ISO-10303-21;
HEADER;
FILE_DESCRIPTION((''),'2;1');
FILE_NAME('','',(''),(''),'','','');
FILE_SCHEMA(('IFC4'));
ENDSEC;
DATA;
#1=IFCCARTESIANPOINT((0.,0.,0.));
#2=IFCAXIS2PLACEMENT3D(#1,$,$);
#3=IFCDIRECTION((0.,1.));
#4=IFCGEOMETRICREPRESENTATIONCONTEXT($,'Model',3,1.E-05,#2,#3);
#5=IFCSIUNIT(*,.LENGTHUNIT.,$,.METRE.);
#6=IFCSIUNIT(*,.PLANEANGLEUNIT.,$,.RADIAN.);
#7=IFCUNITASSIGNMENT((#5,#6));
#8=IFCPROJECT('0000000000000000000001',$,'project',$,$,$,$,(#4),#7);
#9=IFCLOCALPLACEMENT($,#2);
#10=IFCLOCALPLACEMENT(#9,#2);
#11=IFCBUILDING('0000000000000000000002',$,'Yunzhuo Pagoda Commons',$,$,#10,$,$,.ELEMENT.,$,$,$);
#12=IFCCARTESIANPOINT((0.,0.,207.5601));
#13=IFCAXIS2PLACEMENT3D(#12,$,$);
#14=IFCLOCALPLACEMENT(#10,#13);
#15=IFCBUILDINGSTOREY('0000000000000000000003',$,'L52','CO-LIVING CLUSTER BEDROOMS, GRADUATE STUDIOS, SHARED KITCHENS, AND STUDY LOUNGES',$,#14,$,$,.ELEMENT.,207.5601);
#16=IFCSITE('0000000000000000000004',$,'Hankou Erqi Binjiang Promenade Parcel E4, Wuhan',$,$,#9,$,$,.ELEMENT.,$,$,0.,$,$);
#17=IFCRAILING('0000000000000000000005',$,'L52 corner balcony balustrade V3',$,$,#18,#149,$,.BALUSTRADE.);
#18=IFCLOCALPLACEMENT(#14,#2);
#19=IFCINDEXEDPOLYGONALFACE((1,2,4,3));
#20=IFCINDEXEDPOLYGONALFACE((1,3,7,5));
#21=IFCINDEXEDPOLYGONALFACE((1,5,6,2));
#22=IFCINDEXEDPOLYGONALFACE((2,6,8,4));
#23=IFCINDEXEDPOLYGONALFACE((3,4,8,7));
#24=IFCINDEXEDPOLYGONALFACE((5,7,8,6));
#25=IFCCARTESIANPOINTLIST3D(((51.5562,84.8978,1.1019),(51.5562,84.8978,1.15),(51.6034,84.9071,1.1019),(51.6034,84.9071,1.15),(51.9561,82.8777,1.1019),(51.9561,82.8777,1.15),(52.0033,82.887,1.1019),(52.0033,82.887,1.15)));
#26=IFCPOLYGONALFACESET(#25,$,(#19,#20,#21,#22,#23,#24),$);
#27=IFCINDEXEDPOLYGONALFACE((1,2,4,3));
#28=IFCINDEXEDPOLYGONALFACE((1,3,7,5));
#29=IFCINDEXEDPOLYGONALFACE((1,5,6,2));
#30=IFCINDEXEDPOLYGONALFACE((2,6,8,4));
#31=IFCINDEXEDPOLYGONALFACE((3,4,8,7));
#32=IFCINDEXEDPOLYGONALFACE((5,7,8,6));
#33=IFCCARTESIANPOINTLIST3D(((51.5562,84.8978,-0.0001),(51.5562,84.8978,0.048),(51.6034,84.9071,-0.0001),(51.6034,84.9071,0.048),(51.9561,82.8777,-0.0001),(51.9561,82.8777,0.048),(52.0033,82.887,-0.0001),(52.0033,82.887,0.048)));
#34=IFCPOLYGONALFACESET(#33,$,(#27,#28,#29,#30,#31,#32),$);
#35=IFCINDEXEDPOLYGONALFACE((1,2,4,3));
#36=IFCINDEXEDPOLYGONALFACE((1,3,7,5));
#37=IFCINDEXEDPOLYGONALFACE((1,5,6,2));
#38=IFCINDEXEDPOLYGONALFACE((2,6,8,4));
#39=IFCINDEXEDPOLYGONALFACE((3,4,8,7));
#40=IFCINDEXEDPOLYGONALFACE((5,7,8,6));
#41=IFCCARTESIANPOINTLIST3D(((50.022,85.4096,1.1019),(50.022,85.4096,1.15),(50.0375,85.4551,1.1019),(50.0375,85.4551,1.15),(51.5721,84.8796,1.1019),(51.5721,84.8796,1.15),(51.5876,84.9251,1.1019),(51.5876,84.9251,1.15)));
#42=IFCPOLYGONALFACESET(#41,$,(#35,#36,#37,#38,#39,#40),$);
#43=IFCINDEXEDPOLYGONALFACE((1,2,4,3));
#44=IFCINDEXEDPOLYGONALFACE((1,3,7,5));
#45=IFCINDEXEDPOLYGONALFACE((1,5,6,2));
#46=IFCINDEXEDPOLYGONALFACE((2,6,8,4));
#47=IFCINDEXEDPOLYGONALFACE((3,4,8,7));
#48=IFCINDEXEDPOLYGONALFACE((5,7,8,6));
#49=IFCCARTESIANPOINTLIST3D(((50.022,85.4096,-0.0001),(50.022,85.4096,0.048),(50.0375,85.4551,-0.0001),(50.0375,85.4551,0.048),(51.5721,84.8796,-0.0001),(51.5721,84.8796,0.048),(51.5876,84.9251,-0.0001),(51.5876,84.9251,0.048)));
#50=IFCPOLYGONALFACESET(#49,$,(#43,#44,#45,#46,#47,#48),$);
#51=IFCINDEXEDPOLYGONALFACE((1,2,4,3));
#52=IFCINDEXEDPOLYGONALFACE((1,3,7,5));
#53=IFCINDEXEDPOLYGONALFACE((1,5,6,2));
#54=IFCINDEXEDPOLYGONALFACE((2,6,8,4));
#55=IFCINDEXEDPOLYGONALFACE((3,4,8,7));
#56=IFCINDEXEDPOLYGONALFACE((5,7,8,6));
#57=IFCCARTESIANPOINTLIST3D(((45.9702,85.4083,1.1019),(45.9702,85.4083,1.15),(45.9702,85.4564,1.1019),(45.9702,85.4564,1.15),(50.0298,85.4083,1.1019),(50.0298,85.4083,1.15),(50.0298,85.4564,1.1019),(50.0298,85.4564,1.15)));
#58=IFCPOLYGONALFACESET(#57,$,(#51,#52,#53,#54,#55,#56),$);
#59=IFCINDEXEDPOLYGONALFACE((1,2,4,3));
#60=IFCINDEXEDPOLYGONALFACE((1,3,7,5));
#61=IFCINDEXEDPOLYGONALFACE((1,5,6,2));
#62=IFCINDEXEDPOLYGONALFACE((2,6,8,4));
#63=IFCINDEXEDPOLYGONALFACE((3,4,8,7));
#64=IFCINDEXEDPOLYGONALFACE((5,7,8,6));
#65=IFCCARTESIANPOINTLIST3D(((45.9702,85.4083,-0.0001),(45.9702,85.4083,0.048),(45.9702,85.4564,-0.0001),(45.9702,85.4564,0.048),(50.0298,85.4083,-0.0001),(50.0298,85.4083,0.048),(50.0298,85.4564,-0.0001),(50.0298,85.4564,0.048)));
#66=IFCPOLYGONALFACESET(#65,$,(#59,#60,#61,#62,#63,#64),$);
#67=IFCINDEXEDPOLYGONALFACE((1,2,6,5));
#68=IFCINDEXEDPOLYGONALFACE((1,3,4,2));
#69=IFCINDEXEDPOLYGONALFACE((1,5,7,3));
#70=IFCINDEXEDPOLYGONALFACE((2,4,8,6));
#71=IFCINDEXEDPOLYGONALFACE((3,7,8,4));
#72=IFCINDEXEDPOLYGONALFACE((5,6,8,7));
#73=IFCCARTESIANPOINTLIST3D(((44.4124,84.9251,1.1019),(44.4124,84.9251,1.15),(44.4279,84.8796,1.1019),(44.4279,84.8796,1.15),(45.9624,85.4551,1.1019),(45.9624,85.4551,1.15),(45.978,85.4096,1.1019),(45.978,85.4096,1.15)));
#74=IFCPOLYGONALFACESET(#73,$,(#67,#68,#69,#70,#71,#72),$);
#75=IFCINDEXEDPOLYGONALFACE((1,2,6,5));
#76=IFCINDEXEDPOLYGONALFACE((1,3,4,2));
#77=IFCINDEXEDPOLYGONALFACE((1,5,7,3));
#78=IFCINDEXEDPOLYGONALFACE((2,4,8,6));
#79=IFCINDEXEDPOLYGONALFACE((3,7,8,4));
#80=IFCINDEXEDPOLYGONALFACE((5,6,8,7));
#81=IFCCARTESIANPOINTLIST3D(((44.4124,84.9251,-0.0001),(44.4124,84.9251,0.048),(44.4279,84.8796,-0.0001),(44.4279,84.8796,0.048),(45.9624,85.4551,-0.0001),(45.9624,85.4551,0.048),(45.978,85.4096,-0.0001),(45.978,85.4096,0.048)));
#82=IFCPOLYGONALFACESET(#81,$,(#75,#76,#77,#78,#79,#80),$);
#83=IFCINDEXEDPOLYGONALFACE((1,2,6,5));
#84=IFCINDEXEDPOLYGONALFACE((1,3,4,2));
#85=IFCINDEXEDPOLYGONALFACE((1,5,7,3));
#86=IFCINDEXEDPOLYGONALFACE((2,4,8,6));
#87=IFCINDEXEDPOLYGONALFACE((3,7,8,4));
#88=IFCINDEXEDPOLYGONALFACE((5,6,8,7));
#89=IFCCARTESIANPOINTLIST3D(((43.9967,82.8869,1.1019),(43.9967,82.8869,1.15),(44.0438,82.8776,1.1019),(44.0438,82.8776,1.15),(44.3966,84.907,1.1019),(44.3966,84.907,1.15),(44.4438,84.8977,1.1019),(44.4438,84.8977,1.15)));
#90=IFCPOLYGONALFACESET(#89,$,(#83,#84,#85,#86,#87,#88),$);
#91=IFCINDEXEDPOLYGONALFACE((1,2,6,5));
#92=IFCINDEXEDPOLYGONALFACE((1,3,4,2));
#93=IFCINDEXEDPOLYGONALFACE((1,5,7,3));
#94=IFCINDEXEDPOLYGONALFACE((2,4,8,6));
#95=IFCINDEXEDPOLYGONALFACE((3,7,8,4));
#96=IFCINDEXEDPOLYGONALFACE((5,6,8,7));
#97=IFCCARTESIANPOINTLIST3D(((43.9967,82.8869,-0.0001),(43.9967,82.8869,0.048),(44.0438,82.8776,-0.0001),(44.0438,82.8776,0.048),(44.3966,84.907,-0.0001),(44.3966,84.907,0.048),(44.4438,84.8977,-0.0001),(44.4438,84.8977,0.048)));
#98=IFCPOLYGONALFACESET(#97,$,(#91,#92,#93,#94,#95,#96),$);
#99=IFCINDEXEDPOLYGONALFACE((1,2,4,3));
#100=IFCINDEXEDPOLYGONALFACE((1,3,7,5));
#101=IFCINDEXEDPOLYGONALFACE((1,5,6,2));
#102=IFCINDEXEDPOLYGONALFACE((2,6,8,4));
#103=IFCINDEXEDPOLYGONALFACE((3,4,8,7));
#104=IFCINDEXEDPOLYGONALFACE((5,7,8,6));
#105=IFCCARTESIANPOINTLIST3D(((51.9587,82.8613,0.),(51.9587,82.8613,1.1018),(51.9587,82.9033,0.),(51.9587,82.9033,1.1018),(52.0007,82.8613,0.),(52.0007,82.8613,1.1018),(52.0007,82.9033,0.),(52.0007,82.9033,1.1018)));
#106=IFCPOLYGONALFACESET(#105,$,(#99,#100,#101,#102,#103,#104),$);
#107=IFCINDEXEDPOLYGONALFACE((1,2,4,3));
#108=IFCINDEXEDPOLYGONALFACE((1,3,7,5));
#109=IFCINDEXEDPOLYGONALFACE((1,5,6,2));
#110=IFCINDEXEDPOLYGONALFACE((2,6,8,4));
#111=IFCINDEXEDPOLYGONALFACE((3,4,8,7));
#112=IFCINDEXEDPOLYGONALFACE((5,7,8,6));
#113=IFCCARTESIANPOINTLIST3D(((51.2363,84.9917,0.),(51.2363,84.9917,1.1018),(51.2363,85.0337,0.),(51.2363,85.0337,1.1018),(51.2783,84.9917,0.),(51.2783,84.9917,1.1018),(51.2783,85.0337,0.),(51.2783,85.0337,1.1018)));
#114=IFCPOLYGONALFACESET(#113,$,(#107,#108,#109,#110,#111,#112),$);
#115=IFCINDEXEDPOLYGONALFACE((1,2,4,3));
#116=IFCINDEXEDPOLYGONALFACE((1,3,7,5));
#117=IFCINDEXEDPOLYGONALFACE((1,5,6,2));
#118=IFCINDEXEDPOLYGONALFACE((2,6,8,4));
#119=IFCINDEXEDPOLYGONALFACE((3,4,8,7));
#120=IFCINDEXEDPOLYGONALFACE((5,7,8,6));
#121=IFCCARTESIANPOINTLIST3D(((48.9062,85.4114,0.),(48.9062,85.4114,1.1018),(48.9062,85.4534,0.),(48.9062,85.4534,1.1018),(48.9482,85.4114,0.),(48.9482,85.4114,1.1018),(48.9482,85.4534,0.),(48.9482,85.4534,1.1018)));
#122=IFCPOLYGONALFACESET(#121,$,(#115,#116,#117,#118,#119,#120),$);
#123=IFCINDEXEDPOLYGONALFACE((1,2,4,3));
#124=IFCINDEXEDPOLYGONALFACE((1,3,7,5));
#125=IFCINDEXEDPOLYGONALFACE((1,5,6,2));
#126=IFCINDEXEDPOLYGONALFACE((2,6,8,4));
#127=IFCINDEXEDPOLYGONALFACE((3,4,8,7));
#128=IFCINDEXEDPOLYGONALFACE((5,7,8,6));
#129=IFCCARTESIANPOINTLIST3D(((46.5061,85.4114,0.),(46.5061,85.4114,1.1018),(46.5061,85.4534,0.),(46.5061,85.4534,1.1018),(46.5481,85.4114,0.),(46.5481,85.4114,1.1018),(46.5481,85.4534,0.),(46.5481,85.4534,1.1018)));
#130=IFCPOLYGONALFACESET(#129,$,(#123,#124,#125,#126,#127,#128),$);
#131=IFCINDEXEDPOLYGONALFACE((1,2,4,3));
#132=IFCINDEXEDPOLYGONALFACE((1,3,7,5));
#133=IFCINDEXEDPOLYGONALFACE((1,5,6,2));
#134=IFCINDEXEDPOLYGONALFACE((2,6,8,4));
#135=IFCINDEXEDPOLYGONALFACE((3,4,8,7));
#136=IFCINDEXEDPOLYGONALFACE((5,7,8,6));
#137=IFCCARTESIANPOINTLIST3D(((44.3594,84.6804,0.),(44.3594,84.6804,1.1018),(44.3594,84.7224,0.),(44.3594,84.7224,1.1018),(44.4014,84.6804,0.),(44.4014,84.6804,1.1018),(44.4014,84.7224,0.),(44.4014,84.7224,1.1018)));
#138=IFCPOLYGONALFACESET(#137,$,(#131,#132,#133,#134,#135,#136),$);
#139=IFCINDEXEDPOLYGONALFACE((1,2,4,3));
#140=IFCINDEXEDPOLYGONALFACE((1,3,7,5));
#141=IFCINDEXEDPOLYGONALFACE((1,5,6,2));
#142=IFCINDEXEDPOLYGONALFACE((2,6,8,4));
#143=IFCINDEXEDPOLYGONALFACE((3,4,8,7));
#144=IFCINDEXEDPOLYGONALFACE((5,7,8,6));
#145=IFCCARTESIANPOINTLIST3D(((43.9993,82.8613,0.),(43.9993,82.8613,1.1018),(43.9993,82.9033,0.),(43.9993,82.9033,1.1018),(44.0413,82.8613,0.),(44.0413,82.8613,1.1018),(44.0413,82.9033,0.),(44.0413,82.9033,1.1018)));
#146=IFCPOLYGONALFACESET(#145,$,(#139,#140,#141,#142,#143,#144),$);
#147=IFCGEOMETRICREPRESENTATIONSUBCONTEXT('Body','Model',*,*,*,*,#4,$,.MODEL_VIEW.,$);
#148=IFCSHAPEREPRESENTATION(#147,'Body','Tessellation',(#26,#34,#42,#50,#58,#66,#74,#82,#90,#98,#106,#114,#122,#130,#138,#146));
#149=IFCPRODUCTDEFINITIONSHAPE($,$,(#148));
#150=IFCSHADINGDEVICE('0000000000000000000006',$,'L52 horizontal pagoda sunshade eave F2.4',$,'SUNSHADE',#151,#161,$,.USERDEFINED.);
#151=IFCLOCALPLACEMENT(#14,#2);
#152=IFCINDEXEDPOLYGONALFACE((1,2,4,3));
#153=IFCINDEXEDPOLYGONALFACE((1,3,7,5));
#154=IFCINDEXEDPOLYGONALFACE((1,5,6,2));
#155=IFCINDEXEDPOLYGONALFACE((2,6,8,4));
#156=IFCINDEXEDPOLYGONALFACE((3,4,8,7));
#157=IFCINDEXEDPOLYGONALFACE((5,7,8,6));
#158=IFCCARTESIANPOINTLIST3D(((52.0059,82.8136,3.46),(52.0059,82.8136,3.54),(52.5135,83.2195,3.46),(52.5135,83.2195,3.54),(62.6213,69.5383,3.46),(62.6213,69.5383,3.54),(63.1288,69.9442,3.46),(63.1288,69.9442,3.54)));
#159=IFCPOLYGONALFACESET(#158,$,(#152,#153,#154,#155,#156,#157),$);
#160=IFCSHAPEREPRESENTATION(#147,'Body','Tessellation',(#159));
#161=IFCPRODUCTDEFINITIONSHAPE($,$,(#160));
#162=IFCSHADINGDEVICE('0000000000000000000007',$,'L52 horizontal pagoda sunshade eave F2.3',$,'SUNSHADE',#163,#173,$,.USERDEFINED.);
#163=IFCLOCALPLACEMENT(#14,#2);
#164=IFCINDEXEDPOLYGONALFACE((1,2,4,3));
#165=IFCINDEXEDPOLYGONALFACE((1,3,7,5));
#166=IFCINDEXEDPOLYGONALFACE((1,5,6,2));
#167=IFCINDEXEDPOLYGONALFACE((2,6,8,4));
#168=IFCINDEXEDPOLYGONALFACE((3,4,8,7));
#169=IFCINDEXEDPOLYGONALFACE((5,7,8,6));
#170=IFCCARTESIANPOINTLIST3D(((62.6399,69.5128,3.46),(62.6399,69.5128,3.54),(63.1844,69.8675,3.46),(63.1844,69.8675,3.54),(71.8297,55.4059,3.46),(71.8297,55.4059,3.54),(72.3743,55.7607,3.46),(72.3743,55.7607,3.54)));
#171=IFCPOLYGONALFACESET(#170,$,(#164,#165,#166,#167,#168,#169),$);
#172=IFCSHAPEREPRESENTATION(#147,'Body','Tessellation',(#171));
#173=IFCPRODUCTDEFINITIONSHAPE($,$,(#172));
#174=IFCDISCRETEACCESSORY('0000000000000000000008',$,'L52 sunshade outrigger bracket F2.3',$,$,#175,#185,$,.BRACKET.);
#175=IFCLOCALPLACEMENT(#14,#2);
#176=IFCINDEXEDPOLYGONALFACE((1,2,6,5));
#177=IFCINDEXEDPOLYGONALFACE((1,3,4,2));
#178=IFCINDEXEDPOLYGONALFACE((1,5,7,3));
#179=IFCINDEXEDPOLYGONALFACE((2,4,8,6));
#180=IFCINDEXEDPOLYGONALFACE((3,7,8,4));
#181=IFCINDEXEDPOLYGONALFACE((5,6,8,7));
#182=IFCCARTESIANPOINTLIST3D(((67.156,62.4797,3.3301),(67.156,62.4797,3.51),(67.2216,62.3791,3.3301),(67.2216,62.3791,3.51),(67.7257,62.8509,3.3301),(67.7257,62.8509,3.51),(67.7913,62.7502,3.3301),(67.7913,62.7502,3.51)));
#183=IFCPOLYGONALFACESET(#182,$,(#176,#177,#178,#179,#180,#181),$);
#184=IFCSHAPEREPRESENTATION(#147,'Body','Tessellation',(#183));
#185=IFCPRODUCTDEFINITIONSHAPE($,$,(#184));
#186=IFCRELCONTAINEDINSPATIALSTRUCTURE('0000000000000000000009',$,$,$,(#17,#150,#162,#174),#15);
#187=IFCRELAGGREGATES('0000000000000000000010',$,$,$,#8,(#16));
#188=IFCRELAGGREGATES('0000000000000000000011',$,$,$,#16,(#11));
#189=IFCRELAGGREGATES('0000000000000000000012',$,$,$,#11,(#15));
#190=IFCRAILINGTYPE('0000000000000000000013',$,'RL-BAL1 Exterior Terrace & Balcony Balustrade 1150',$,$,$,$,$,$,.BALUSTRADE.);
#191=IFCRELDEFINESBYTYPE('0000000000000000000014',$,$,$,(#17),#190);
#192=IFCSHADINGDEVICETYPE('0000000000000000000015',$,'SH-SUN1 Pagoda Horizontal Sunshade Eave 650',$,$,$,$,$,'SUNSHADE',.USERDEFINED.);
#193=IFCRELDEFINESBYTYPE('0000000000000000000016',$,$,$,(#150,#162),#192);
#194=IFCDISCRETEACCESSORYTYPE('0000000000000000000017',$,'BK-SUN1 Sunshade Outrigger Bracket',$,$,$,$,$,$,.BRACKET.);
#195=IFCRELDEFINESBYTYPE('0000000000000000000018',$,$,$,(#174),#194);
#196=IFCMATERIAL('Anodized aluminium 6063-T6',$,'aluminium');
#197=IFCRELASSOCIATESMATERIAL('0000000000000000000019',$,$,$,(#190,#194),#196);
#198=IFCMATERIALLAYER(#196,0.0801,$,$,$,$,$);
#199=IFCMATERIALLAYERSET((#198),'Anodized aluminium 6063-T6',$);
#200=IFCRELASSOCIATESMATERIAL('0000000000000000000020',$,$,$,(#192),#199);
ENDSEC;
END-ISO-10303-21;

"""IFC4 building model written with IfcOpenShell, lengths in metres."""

from ifc_helpers import new_model, si_unit, direction, frame, origin, origin_2d, place, context, subcontext, project, spatial, rectangle, extrude, source, transform, mapped, material, layer, layer_set, type_object, element, save


model = new_model("IFC4")

# Units and contexts
model_context = context("Model", 3, precision=1e-05, world=origin(), true_north=direction((0.0, 1.0)))
body_context = subcontext(model_context, "Body", "Model", "MODEL_VIEW")
ifc_project = project(units=[si_unit("LENGTHUNIT", "METRE"), si_unit("PLANEANGLEUNIT", "RADIAN")], contexts=[model_context])

# Site, building, storey
site_placement = place(None, origin())
site = spatial("IfcSite", under=ifc_project, at=site_placement, Name="Hankou Erqi Binjiang Promenade Parcel E4, Wuhan", CompositionType="ELEMENT", RefElevation=0.0)
building_placement = place(site_placement, origin())
building = spatial("IfcBuilding", under=site, at=building_placement, Name="Yunzhuo Pagoda Commons", CompositionType="ELEMENT")
storey_placement = place(building_placement, frame((0.0, 0.0, 207.5601)))
storey = spatial("IfcBuildingStorey", under=building, at=storey_placement, Name="L52", Description="CO-LIVING CLUSTER BEDROOMS, GRADUATE STUDIOS, SHARED KITCHENS, AND STUDY LOUNGES", CompositionType="ELEMENT", Elevation=207.5601)

# Shared definitions
ifc_material_1 = material(Name="Anodized aluminium 6063-T6", Category="aluminium")

# Railing
railing_type_1 = type_object("IfcRailingType", Name="RL-BAL1 Exterior Terrace & Balcony Balustrade 1150", PredefinedType="BALUSTRADE", material=ifc_material_1)
railing_1_placement = place(storey_placement, frame((51.9797, 82.8823, 0.0)))
element("IfcRailing", 1, at=railing_1_placement, inside=storey, type_object=railing_type_1, Name="L52 corner balcony balustrade V3", PredefinedType="BALUSTRADE", context=body_context, shape_type="SweptSolid", body=[
    extrude(rectangle(XDim=0.0481, YDim=0.0481, at=origin_2d()), frame((0.0, 0.0, 1.126), z_axis=(-0.194201, 0.980962, 0.0), x_axis=(-0.980962, -0.194201, 0.0)), (0.0, 0.0, 1.0), 2.0593),
    extrude(rectangle(XDim=0.0481, YDim=0.0481, at=origin_2d()), frame((0.0, 0.0, 0.0239), z_axis=(-0.194201, 0.980962, 0.0), x_axis=(-0.980962, -0.194201, 0.0)), (0.0, 0.0, 1.0), 2.0593),
    extrude(rectangle(XDim=0.0481, YDim=0.0481, at=origin_2d()), frame((-0.3999, 2.02, 1.126), z_axis=(-0.946211, 0.323551, 0.0), x_axis=(-0.323551, -0.946211, 0.0)), (0.0, 0.0, 1.0), 1.6382),
    extrude(rectangle(XDim=0.0481, YDim=0.0481, at=origin_2d()), frame((-0.3999, 2.02, 0.0239), z_axis=(-0.946211, 0.323551, 0.0), x_axis=(-0.323551, -0.946211, 0.0)), (0.0, 0.0, 1.0), 1.6382),
    extrude(rectangle(XDim=0.0481, YDim=0.0481, at=origin_2d()), frame((-1.95, 2.55, 1.126), z_axis=(-1.0, 0.0, 0.0), x_axis=(0.0, -1.0, 0.0)), (0.0, 0.0, 1.0), 4.0596),
    extrude(rectangle(XDim=0.0481, YDim=0.0481, at=origin_2d()), frame((-1.95, 2.55, 0.0239), z_axis=(-1.0, 0.0, 0.0), x_axis=(0.0, -1.0, 0.0)), (0.0, 0.0, 1.0), 4.0596),
    extrude(rectangle(XDim=0.0481, YDim=0.0481, at=origin_2d()), frame((-6.0095, 2.55, 1.126), z_axis=(-0.946211, -0.323551, 0.0), x_axis=(0.323551, -0.946211, 0.0)), (0.0, 0.0, 1.0), 1.6382),
    extrude(rectangle(XDim=0.0481, YDim=0.0481, at=origin_2d()), frame((-6.0095, 2.55, 0.0239), z_axis=(-0.946211, -0.323551, 0.0), x_axis=(0.323551, -0.946211, 0.0)), (0.0, 0.0, 1.0), 1.6382),
    extrude(rectangle(XDim=0.0481, YDim=0.0481, at=origin_2d()), frame((-7.5596, 2.02, 1.126), z_axis=(-0.194201, -0.980962, 0.0), x_axis=(0.980962, -0.194201, 0.0)), (0.0, 0.0, 1.0), 2.0593),
    extrude(rectangle(XDim=0.0481, YDim=0.0481, at=origin_2d()), frame((-7.5596, 2.02, 0.0239), z_axis=(-0.194201, -0.980962, 0.0), x_axis=(0.980962, -0.194201, 0.0)), (0.0, 0.0, 1.0), 2.0593),
    extrude(rectangle(XDim=0.042, YDim=0.042, at=origin_2d()), origin(), (0.0, 0.0, 1.0), 1.1018),
    extrude(rectangle(XDim=0.042, YDim=0.042, at=origin_2d()), frame((-0.7224, 2.1304, 0.0)), (0.0, 0.0, 1.0), 1.1018),
    extrude(rectangle(XDim=0.042, YDim=0.042, at=origin_2d()), frame((-3.0525, 2.55, 0.0)), (0.0, 0.0, 1.0), 1.1018),
    extrude(rectangle(XDim=0.042, YDim=0.042, at=origin_2d()), frame((-5.4526, 2.55, 0.0)), (0.0, 0.0, 1.0), 1.1018),
    extrude(rectangle(XDim=0.042, YDim=0.042, at=origin_2d()), frame((-7.5994, 1.8191, 0.0)), (0.0, 0.0, 1.0), 1.1018),
    extrude(rectangle(XDim=0.042, YDim=0.042, at=origin_2d()), frame((-7.9595, 0.0, 0.0)), (0.0, 0.0, 1.0), 1.1018),
])

# Shading devices
ifc_layer_1 = layer(ifc_material_1, 0.0801)
ifc_layer_set_1 = layer_set([ifc_layer_1], Name="Anodized aluminium 6063-T6")
shading_device_type = type_object("IfcShadingDeviceType", Name="SH-SUN1 Pagoda Horizontal Sunshade Eave 650", ElementType="SUNSHADE", PredefinedType="USERDEFINED", material=ifc_layer_set_1)
shared_shape_1 = source(origin(), body_context, "Body", "SweptSolid", [
    extrude(rectangle(XDim=16.9976, YDim=0.6499, at=origin_2d()), origin(), (0.0, 0.0, 1.0), 0.0801),
])
shading_device_1_placement = place(storey_placement, frame((57.5674, 76.3789, 3.46), z_axis=(0.0, 0.0, 1.0), x_axis=(-0.62452, 0.781008, 0.0)))
element("IfcShadingDevice", 2, at=shading_device_1_placement, inside=storey, type_object=shading_device_type, Name="L52 horizontal pagoda sunshade eave F2.4", ObjectType="SUNSHADE", PredefinedType="USERDEFINED", context=body_context, shape_type="MappedRepresentation", body=[
    mapped(shared_shape_1, transform((0.0, 0.0, 0.0), scale=1.0)),
])
shared_shape_2 = source(origin(), body_context, "Body", "SweptSolid", [
    extrude(rectangle(XDim=16.8362, YDim=0.6499, at=origin_2d()), origin(), (0.0, 0.0, 1.0), 0.0801),
])
shading_device_2_placement = place(storey_placement, frame((67.5071, 62.6367, 3.46), z_axis=(0.0, 0.0, 1.0), x_axis=(-0.545839, 0.83789, 0.0)))
element("IfcShadingDevice", 3, at=shading_device_2_placement, inside=storey, type_object=shading_device_type, Name="L52 horizontal pagoda sunshade eave F2.3", ObjectType="SUNSHADE", PredefinedType="USERDEFINED", context=body_context, shape_type="MappedRepresentation", body=[
    mapped(shared_shape_2, transform((0.0, 0.0, 0.0), scale=1.0)),
])

# Discrete accessory
discrete_accessory_type = type_object("IfcDiscreteAccessoryType", Name="BK-SUN1 Sunshade Outrigger Bracket", PredefinedType="BRACKET", material=ifc_material_1)
shared_shape_3 = source(origin(), body_context, "Body", "SweptSolid", [
    extrude(rectangle(XDim=0.1201, YDim=0.6799, at=origin_2d()), origin(), (0.0, 0.0, 1.0), 0.1799),
])
discrete_accessory_placement = place(storey_placement, frame((67.4736, 62.615, 3.3301), z_axis=(0.0, 0.0, 1.0), x_axis=(-0.545839, 0.83789, 0.0)))
element("IfcDiscreteAccessory", 4, at=discrete_accessory_placement, inside=storey, type_object=discrete_accessory_type, Name="L52 sunshade outrigger bracket F2.3", PredefinedType="BRACKET", context=body_context, shape_type="MappedRepresentation", body=[
    mapped(shared_shape_3, transform((0.0, 0.0, 0.0), scale=1.0)),
])

save(model, "model.ifc")
